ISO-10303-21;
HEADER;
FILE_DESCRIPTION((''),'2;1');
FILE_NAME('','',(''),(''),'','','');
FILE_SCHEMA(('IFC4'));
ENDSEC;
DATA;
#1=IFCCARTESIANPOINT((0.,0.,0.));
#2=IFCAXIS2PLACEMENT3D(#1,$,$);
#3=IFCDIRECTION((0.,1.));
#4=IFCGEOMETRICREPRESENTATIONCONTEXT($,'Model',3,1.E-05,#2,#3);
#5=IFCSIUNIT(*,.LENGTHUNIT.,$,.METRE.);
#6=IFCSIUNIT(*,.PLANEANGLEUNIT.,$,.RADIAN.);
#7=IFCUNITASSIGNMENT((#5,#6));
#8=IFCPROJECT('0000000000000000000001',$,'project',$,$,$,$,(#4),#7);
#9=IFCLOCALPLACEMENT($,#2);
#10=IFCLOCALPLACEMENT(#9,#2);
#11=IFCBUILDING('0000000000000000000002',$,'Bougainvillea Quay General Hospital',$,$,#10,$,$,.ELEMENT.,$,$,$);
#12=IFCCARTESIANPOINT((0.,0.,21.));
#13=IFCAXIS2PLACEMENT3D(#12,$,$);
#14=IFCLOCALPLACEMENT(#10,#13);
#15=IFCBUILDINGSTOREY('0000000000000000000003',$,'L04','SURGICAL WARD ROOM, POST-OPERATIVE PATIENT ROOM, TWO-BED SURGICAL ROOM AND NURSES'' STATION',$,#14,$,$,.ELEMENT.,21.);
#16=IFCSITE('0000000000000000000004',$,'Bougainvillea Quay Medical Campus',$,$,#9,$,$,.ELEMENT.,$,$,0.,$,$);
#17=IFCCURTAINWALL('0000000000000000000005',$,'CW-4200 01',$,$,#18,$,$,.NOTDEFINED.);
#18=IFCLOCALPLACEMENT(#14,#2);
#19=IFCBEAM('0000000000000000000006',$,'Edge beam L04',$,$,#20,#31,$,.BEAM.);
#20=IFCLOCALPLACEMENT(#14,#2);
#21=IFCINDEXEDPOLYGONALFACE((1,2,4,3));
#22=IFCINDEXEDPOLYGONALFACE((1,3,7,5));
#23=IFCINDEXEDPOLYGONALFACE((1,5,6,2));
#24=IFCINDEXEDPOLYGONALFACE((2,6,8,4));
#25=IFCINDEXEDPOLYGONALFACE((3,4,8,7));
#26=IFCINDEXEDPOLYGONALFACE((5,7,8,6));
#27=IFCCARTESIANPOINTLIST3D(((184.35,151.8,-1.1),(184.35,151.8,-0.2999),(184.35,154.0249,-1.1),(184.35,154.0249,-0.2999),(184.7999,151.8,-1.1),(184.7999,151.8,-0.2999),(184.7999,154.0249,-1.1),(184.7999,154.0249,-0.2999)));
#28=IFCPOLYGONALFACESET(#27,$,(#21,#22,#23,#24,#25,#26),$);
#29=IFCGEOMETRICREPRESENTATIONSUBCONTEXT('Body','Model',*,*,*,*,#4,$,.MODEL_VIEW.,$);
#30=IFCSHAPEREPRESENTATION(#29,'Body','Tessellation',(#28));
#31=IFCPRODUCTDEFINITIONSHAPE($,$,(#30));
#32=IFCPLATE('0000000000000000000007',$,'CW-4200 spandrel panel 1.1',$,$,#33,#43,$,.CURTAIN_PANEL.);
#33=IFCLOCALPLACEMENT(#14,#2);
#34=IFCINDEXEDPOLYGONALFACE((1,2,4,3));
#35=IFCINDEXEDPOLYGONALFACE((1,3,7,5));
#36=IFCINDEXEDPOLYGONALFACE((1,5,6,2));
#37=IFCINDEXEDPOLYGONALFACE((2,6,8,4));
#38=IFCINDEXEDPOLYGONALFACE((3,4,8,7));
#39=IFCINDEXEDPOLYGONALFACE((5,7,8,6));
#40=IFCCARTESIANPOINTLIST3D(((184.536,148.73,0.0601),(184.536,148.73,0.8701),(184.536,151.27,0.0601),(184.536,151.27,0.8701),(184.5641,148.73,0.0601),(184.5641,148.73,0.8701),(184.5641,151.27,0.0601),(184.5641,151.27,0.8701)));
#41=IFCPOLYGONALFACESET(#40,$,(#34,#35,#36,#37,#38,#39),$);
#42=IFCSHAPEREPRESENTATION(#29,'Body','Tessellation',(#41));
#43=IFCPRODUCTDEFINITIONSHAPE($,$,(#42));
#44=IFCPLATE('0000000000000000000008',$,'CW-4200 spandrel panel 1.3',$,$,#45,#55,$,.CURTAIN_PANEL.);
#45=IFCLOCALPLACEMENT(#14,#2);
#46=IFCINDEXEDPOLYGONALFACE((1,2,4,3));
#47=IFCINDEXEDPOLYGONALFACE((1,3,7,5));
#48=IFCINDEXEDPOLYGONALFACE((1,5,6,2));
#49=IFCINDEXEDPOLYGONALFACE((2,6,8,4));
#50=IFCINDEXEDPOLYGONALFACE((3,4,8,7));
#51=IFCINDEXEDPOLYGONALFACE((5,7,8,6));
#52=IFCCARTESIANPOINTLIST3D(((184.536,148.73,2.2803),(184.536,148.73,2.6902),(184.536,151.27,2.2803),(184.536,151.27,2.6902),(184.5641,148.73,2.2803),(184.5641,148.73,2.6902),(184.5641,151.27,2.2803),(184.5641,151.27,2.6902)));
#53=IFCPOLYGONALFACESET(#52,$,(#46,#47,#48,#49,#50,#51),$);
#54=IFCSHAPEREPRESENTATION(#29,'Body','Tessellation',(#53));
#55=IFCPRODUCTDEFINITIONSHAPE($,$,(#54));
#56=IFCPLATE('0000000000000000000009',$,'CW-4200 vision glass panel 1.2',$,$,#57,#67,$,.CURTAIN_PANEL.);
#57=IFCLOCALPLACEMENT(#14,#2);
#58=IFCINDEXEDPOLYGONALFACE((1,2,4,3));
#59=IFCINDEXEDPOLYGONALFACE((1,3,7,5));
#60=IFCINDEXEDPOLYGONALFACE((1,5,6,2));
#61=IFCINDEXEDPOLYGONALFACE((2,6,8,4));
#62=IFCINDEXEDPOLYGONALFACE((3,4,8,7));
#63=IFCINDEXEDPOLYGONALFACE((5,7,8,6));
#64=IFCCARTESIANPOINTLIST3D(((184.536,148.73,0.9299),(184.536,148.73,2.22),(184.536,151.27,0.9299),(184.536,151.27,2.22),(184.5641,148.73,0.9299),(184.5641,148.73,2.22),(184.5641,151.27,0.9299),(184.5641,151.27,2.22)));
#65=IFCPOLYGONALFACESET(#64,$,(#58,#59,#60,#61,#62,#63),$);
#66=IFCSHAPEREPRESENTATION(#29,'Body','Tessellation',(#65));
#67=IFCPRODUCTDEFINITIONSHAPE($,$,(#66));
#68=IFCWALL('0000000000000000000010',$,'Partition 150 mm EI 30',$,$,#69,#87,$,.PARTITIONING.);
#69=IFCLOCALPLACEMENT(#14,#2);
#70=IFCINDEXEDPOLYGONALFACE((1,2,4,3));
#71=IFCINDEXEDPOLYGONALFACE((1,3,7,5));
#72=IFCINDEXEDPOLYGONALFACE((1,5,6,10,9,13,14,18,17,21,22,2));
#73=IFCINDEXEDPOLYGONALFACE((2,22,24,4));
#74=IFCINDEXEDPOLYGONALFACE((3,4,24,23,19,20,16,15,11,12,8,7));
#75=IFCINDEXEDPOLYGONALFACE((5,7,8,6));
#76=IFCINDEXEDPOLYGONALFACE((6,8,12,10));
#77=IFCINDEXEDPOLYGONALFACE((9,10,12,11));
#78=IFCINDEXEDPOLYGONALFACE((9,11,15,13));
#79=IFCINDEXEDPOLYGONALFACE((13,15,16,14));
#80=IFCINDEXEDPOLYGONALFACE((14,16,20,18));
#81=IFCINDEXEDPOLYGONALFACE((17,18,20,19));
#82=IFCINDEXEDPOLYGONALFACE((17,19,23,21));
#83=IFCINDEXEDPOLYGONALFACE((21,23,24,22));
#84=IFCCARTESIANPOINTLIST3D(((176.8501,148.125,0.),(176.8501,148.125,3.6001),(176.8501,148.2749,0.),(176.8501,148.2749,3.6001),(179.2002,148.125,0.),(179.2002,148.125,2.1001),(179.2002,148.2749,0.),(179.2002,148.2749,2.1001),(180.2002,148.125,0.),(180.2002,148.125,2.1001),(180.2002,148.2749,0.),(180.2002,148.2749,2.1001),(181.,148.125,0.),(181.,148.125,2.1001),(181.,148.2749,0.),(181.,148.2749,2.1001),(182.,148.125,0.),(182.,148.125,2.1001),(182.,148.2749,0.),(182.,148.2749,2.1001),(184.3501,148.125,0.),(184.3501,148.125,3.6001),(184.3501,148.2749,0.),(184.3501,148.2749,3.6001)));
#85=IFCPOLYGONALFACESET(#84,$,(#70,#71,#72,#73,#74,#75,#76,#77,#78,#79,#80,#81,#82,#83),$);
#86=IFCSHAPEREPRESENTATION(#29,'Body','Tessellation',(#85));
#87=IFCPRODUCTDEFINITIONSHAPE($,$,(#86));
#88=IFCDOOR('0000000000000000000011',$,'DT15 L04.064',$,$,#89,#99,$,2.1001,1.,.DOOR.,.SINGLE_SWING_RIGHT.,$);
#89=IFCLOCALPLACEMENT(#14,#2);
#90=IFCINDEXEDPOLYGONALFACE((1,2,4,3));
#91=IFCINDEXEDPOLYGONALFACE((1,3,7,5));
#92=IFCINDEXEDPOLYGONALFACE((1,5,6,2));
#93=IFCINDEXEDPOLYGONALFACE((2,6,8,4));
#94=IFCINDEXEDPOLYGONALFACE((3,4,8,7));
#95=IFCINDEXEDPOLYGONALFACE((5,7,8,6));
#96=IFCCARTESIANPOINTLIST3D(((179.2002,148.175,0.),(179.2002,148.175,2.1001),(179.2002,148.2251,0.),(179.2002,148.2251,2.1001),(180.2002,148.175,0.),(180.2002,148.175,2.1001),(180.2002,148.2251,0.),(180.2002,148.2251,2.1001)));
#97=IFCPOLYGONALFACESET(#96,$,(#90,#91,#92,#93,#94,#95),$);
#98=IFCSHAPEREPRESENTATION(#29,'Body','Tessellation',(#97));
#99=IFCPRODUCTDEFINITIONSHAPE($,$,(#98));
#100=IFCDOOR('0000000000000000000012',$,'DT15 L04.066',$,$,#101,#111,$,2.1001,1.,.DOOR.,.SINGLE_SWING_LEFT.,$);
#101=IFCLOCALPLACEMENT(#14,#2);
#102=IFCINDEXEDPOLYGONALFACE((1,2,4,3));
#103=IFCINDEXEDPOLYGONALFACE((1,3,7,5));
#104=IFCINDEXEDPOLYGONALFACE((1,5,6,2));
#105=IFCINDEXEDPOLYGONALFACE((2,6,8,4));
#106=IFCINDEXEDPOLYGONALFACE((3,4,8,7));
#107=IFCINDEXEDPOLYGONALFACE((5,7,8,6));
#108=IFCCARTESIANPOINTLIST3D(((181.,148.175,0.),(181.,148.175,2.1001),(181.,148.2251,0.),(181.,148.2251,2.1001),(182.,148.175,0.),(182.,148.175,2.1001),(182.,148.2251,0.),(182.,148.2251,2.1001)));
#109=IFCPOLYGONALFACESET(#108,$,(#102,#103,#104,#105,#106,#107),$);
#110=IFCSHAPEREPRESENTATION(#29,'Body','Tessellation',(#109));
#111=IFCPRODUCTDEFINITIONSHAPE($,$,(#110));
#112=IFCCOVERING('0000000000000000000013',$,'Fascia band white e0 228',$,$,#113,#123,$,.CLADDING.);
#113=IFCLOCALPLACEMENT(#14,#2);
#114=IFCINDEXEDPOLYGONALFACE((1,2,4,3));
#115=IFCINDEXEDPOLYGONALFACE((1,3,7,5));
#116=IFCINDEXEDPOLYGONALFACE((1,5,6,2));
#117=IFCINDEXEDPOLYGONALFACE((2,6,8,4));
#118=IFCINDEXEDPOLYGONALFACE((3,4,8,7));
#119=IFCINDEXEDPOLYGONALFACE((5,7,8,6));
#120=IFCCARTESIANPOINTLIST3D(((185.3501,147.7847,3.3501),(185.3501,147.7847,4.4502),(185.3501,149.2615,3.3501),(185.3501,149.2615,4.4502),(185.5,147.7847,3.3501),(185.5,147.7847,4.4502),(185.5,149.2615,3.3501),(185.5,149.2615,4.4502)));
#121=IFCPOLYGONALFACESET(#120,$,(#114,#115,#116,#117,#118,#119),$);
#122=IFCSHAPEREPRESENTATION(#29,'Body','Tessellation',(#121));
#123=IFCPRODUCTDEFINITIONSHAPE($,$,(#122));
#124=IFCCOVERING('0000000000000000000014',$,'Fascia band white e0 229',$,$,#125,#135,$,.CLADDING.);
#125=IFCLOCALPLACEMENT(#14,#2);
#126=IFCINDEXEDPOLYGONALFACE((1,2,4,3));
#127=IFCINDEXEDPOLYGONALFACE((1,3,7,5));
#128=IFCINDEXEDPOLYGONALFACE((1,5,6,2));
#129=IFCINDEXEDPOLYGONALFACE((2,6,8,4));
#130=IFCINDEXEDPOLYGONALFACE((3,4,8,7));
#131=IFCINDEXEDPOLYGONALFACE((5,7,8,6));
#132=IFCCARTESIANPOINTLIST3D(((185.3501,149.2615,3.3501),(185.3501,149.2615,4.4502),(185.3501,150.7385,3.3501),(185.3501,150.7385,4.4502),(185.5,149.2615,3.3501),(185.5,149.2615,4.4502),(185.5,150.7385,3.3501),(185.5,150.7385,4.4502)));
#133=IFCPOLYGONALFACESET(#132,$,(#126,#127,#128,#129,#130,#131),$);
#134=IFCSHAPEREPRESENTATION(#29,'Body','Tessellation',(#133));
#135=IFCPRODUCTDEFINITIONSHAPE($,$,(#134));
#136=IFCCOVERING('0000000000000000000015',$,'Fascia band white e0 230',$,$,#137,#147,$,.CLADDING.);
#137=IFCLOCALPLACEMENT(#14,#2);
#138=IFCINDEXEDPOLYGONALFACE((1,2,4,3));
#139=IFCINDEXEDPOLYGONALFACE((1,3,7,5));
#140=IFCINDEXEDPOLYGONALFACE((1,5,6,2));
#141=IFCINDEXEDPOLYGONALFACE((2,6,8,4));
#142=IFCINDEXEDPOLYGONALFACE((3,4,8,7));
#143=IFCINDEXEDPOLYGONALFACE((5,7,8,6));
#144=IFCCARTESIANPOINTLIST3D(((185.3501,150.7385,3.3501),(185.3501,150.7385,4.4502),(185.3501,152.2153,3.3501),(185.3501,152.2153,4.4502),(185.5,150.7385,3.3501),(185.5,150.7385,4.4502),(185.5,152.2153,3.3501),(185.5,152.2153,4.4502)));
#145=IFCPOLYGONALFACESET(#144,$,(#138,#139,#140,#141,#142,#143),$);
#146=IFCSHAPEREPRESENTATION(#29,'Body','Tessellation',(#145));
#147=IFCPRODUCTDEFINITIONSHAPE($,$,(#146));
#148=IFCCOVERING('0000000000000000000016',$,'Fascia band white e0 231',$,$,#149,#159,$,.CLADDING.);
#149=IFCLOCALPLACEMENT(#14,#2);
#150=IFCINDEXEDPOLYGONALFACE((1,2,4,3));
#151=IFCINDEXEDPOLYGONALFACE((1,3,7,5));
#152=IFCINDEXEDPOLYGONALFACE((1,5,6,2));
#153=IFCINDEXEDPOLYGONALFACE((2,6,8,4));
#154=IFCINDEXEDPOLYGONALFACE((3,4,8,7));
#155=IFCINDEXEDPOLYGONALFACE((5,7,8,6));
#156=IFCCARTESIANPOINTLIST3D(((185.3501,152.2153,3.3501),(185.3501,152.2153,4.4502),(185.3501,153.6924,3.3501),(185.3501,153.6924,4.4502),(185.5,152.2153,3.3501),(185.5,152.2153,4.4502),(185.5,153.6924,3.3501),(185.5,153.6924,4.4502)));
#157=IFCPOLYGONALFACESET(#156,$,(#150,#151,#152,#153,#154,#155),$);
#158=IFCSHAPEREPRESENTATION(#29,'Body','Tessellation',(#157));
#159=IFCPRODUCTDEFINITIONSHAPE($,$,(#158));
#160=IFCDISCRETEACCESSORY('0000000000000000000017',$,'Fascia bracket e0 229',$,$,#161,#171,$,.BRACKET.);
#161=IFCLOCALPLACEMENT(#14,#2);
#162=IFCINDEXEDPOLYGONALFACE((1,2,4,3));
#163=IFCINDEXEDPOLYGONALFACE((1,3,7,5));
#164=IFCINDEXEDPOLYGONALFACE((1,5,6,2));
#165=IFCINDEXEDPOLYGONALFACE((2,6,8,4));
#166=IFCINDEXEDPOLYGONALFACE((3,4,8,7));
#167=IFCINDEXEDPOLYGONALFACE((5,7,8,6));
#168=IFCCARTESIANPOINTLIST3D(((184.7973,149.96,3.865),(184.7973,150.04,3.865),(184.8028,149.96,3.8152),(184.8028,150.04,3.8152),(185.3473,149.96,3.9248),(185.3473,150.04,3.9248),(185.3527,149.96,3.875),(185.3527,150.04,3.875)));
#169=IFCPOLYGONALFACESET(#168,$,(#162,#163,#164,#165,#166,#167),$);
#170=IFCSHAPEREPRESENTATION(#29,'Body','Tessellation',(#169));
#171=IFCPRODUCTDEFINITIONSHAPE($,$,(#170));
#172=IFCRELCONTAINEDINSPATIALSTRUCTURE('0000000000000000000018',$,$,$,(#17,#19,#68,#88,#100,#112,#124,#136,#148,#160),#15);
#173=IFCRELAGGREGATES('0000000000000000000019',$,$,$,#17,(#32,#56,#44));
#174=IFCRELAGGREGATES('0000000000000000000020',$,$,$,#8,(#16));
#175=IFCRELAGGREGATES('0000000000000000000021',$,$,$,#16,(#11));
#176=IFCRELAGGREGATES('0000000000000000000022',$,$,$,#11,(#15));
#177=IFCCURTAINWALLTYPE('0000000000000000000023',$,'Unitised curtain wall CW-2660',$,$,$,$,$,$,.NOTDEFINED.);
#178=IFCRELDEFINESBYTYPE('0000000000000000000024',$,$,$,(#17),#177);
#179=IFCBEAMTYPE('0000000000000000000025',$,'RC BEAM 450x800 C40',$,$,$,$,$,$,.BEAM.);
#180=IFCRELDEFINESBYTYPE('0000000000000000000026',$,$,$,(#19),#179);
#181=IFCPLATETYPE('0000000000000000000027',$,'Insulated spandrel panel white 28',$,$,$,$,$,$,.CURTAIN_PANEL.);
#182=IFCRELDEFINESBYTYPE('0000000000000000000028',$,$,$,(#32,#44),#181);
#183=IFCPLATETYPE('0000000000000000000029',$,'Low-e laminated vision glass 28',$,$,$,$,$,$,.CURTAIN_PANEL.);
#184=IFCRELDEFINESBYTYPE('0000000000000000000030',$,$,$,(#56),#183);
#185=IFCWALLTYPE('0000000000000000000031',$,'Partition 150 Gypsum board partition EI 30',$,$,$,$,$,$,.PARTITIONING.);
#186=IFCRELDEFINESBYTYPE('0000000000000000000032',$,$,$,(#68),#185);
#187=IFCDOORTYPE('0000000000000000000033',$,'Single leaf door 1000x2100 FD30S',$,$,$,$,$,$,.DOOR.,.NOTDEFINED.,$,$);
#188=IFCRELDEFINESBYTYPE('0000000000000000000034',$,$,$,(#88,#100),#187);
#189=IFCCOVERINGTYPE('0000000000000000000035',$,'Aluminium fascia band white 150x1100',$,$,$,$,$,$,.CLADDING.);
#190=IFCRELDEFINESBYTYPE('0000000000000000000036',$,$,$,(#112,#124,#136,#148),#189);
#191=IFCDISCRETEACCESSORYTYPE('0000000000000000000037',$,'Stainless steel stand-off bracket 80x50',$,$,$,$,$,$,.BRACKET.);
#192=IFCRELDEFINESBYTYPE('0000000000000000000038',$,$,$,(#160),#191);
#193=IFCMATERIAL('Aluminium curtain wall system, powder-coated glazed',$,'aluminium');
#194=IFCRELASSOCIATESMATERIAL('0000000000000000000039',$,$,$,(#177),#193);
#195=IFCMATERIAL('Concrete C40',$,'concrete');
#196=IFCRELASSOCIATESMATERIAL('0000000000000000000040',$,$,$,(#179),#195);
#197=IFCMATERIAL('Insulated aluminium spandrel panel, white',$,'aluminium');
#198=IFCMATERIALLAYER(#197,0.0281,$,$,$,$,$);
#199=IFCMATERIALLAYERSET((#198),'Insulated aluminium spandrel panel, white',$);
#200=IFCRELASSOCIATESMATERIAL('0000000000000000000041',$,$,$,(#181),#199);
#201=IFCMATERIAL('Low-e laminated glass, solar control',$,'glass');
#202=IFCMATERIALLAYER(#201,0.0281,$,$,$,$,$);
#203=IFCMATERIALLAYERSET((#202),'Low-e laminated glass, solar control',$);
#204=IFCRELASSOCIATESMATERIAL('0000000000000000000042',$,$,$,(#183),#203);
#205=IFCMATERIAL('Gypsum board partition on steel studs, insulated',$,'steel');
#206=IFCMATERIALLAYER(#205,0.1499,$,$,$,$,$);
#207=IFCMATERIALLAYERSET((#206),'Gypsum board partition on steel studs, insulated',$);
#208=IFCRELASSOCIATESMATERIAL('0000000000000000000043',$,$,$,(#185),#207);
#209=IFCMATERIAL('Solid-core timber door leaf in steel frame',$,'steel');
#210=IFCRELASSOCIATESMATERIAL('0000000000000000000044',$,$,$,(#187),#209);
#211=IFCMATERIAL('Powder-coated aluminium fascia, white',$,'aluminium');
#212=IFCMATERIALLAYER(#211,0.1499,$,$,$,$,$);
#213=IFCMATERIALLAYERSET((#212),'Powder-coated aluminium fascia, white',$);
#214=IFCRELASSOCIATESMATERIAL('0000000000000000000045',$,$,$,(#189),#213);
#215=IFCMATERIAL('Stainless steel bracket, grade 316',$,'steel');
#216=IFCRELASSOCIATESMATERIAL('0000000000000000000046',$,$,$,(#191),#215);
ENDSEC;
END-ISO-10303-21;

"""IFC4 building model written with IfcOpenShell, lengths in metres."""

from ifc_helpers import new_model, si_unit, direction, frame, frame_2d, origin, origin_2d, place, context, subcontext, project, spatial, polyline, rectangle, outline, extrude, material, layer, layer_set, material_profile, profile_set, type_object, element, fill, aggregate, save


model = new_model("IFC4")

# Units and contexts
model_context = context("Model", 3, precision=1e-05, world=origin(), true_north=direction((0.0, 1.0)))
body_context = subcontext(model_context, "Body", "Model", "MODEL_VIEW")
ifc_project = project(units=[si_unit("LENGTHUNIT", "METRE"), si_unit("PLANEANGLEUNIT", "RADIAN")], contexts=[model_context])

# Site, building, storey
site_placement = place(None, origin())
site = spatial("IfcSite", under=ifc_project, at=site_placement, Name="Bougainvillea Quay Medical Campus", CompositionType="ELEMENT", RefElevation=0.0)
building_placement = place(site_placement, origin())
building = spatial("IfcBuilding", under=site, at=building_placement, Name="Bougainvillea Quay General Hospital", CompositionType="ELEMENT")
storey_placement = place(building_placement, frame((0.0, 0.0, 21.0)))
storey = spatial("IfcBuildingStorey", under=building, at=storey_placement, Name="L04", Description="SURGICAL WARD ROOM, POST-OPERATIVE PATIENT ROOM, TWO-BED SURGICAL ROOM AND NURSES' STATION", CompositionType="ELEMENT", Elevation=21.0)

# Shared definitions
ifc_material_1 = material(Name="Concrete C40", Category="concrete")

# Shared definitions
ifc_material_2 = material(Name="Aluminium curtain wall system, powder-coated glazed", Category="aluminium")

# Curtain wall
curtain_wall_type_1 = type_object("IfcCurtainWallType", Name="Unitised curtain wall CW-2660", PredefinedType="NOTDEFINED", material=ifc_material_2)
curtain_wall_1_placement = place(storey_placement, origin())
curtain_wall_1 = element("IfcCurtainWall", 1, at=curtain_wall_1_placement, inside=storey, type_object=curtain_wall_type_1, Name="CW-4200 01", PredefinedType="NOTDEFINED")

# Beam
ifc_material_profile_1 = material_profile(ifc_material_1, rectangle(XDim=0.45, YDim=0.8, at=origin_2d()))
ifc_profile_set_1 = profile_set([ifc_material_profile_1], Name="Concrete C40")
beam_type = type_object("IfcBeamType", Name="RC BEAM 450x800 C40", PredefinedType="BEAM", material=ifc_profile_set_1)
beam_1_placement = place(storey_placement, frame((184.575, 151.8, -0.7), z_axis=(0.0, 1.0, 0.0), x_axis=(-1.0, 0.0, 0.0)))
element("IfcBeam", 2, at=beam_1_placement, inside=storey, type_object=beam_type, Name="Edge beam L04", PredefinedType="BEAM", context=body_context, shape_type="SweptSolid", body=[
    extrude(rectangle(XDim=0.45, YDim=0.8, at=origin_2d()), origin(), (0.0, 0.0, 1.0), 2.2249),
])

# Plates
ifc_material_3 = material(Name="Insulated aluminium spandrel panel, white", Category="aluminium")
ifc_layer_1 = layer(ifc_material_3, 0.0281)
ifc_layer_set_1 = layer_set([ifc_layer_1], Name="Insulated aluminium spandrel panel, white")
plate_type_1 = type_object("IfcPlateType", Name="Insulated spandrel panel white 28", PredefinedType="CURTAIN_PANEL", material=ifc_layer_set_1)
plate_1_placement = place(storey_placement, frame((184.55, 150.0, 0.0601), z_axis=(0.0, 0.0, 1.0), x_axis=(0.0, 1.0, 0.0)))
plate_1 = element("IfcPlate", 3, at=plate_1_placement, type_object=plate_type_1, Name="CW-4200 spandrel panel 1.1", PredefinedType="CURTAIN_PANEL", context=body_context, shape_type="SweptSolid", body=[
    extrude(rectangle(XDim=2.54, YDim=0.0281, at=origin_2d()), origin(), (0.0, 0.0, 1.0), 0.8101),
])
plate_2_placement = place(storey_placement, frame((184.55, 150.0, 2.2803), z_axis=(0.0, 0.0, 1.0), x_axis=(0.0, 1.0, 0.0)))
plate_2 = element("IfcPlate", 4, at=plate_2_placement, type_object=plate_type_1, Name="CW-4200 spandrel panel 1.3", PredefinedType="CURTAIN_PANEL", context=body_context, shape_type="SweptSolid", body=[
    extrude(rectangle(XDim=2.54, YDim=0.0281, at=origin_2d()), origin(), (0.0, 0.0, 1.0), 0.4099),
])
ifc_material_4 = material(Name="Low-e laminated glass, solar control", Category="glass")
ifc_layer_2 = layer(ifc_material_4, 0.0281)
ifc_layer_set_2 = layer_set([ifc_layer_2], Name="Low-e laminated glass, solar control")
plate_type_2 = type_object("IfcPlateType", Name="Low-e laminated vision glass 28", PredefinedType="CURTAIN_PANEL", material=ifc_layer_set_2)
plate_3_placement = place(storey_placement, frame((184.55, 150.0, 0.9299), z_axis=(0.0, 0.0, 1.0), x_axis=(0.0, 1.0, 0.0)))
plate_3 = element("IfcPlate", 5, at=plate_3_placement, type_object=plate_type_2, Name="CW-4200 vision glass panel 1.2", PredefinedType="CURTAIN_PANEL", context=body_context, shape_type="SweptSolid", body=[
    extrude(rectangle(XDim=2.54, YDim=0.0281, at=origin_2d()), origin(), (0.0, 0.0, 1.0), 1.29),
])
aggregate(curtain_wall_1, [plate_1, plate_3, plate_2])

# Wall, openings, doors
ifc_material_5 = material(Name="Gypsum board partition on steel studs, insulated", Category="steel")
ifc_layer_3 = layer(ifc_material_5, 0.1499)
ifc_layer_set_3 = layer_set([ifc_layer_3], Name="Gypsum board partition on steel studs, insulated")
wall_type = type_object("IfcWallType", Name="Partition 150 Gypsum board partition EI 30", PredefinedType="PARTITIONING", material=ifc_layer_set_3)
wall_placement = place(storey_placement, frame((184.3501, 148.2, 0.0), z_axis=(0.0, 0.0, 1.0), x_axis=(-1.0, 0.0, 0.0)))
wall = element("IfcWall", 6, at=wall_placement, inside=storey, type_object=wall_type, Name="Partition 150 mm EI 30", PredefinedType="PARTITIONING", context=body_context, shape_type="SweptSolid", body=[
    extrude(rectangle(XDim=7.5, YDim=0.1499, at=frame_2d((3.75, 0.0))), origin(), (0.0, 0.0, 1.0), 3.6001),
])
opening_1_placement = place(wall_placement, frame((4.1499, 0.0, 0.0)))
opening_1 = element("IfcOpeningElement", 7, at=opening_1_placement, cuts=wall, PredefinedType="OPENING", context=body_context, shape_type="SweptSolid", body=[
    extrude(rectangle(XDim=1.0, YDim=2.1001, at=frame_2d((0.5, 1.05))), frame((0.0, 0.085, 0.0), z_axis=(0.0, -1.0, 0.0), x_axis=(1.0, 0.0, 0.0)), (0.0, 0.0, 1.0), 0.1699),
])
opening_2_placement = place(wall_placement, frame((2.3501, 0.0, 0.0)))
opening_2 = element("IfcOpeningElement", 8, at=opening_2_placement, cuts=wall, PredefinedType="OPENING", context=body_context, shape_type="SweptSolid", body=[
    extrude(rectangle(XDim=1.0, YDim=2.1001, at=frame_2d((0.5, 1.05))), frame((0.0, 0.085, 0.0), z_axis=(0.0, -1.0, 0.0), x_axis=(1.0, 0.0, 0.0)), (0.0, 0.0, 1.0), 0.1699),
])
ifc_material_6 = material(Name="Solid-core timber door leaf in steel frame", Category="steel")
door_type = type_object("IfcDoorType", Name="Single leaf door 1000x2100 FD30S", OperationType="NOTDEFINED", PredefinedType="DOOR", material=ifc_material_6)
door_1_placement = place(opening_1_placement, origin())
door_1 = element("IfcDoor", 9, at=door_1_placement, inside=storey, type_object=door_type, Name="DT15 L04.064", OperationType="SINGLE_SWING_RIGHT", OverallHeight=2.1001, OverallWidth=1.0, PredefinedType="DOOR", context=body_context, shape_type="SweptSolid", body=[
    extrude(rectangle(XDim=1.0, YDim=2.1001, at=frame_2d((0.5, 1.05))), frame((0.0, 0.0249, 0.0), z_axis=(0.0, -1.0, 0.0), x_axis=(1.0, 0.0, 0.0)), (0.0, 0.0, 1.0), 0.05),
])
fill(opening_1, door_1)
door_2_placement = place(opening_2_placement, origin())
door_2 = element("IfcDoor", 10, at=door_2_placement, inside=storey, type_object=door_type, Name="DT15 L04.066", OperationType="SINGLE_SWING_LEFT", OverallHeight=2.1001, OverallWidth=1.0, PredefinedType="DOOR", context=body_context, shape_type="SweptSolid", body=[
    extrude(rectangle(XDim=1.0, YDim=2.1001, at=frame_2d((0.5, 1.05))), frame((0.0, 0.0249, 0.0), z_axis=(0.0, -1.0, 0.0), x_axis=(1.0, 0.0, 0.0)), (0.0, 0.0, 1.0), 0.05),
])
fill(opening_2, door_2)

# Coverings
ifc_material_7 = material(Name="Powder-coated aluminium fascia, white", Category="aluminium")
ifc_layer_4 = layer(ifc_material_7, 0.1499)
ifc_layer_set_4 = layer_set([ifc_layer_4], Name="Powder-coated aluminium fascia, white")
covering_type = type_object("IfcCoveringType", Name="Aluminium fascia band white 150x1100", PredefinedType="CLADDING", material=ifc_layer_set_4)
covering_1_placement = place(storey_placement, frame((185.3501, 147.7847, 3.3501), z_axis=(0.0, 0.0, 1.0), x_axis=(0.0, 1.0, 0.0)))
element("IfcCovering", 11, at=covering_1_placement, inside=storey, type_object=covering_type, Name="Fascia band white e0 228", PredefinedType="CLADDING", context=body_context, shape_type="SweptSolid", body=[
    extrude(outline(polyline([(0.0, 0.0), (1.4768, 0.0), (1.4768, -0.1499), (0.0, -0.1499), (0.0, 0.0)])), origin(), (0.0, 0.0, 1.0), 1.1001),
])
covering_2_placement = place(storey_placement, frame((185.3501, 149.2615, 3.3501), z_axis=(0.0, 0.0, 1.0), x_axis=(0.0, 1.0, 0.0)))
element("IfcCovering", 12, at=covering_2_placement, inside=storey, type_object=covering_type, Name="Fascia band white e0 229", PredefinedType="CLADDING", context=body_context, shape_type="SweptSolid", body=[
    extrude(outline(polyline([(0.0, 0.0), (1.4771, 0.0), (1.4771, -0.1499), (0.0, -0.1499), (0.0, 0.0)])), origin(), (0.0, 0.0, 1.0), 1.1001),
])
covering_3_placement = place(storey_placement, frame((185.3501, 150.7385, 3.3501), z_axis=(0.0, 0.0, 1.0), x_axis=(0.0, 1.0, 0.0)))
element("IfcCovering", 13, at=covering_3_placement, inside=storey, type_object=covering_type, Name="Fascia band white e0 230", PredefinedType="CLADDING", context=body_context, shape_type="SweptSolid", body=[
    extrude(outline(polyline([(0.0, 0.0), (1.4768, 0.0), (1.4768, -0.1499), (0.0, -0.1499), (0.0, 0.0)])), origin(), (0.0, 0.0, 1.0), 1.1001),
])
covering_4_placement = place(storey_placement, frame((185.3501, 152.2153, 3.3501), z_axis=(0.0, 0.0, 1.0), x_axis=(0.0, 1.0, 0.0)))
element("IfcCovering", 14, at=covering_4_placement, inside=storey, type_object=covering_type, Name="Fascia band white e0 231", PredefinedType="CLADDING", context=body_context, shape_type="SweptSolid", body=[
    extrude(outline(polyline([(0.0, 0.0), (1.4771, 0.0), (1.4771, -0.1499), (0.0, -0.1499), (0.0, 0.0)])), origin(), (0.0, 0.0, 1.0), 1.1001),
])

# Discrete accessory
ifc_material_8 = material(Name="Stainless steel bracket, grade 316", Category="steel")
ifc_material_profile_2 = material_profile(ifc_material_8, rectangle(XDim=0.0801, YDim=0.05, at=origin_2d()))
ifc_profile_set_2 = profile_set([ifc_material_profile_2], Name="Stainless steel bracket, grade 316")
discrete_accessory_type = type_object("IfcDiscreteAccessoryType", Name="Stainless steel stand-off bracket 80x50", PredefinedType="BRACKET", material=ifc_profile_set_2)
discrete_accessory_placement = place(storey_placement, frame((184.8, 150.0, 3.8401), z_axis=(0.994139, 0.0, 0.108107), x_axis=(0.0, 1.0, 0.0)))
element("IfcDiscreteAccessory", 15, at=discrete_accessory_placement, inside=storey, type_object=discrete_accessory_type, Name="Fascia bracket e0 229", PredefinedType="BRACKET", context=body_context, shape_type="SweptSolid", body=[
    extrude(rectangle(XDim=0.0801, YDim=0.05, at=origin_2d()), origin(), (0.0, 0.0, 1.0), 0.5532),
])

save(model, "model.ifc")
